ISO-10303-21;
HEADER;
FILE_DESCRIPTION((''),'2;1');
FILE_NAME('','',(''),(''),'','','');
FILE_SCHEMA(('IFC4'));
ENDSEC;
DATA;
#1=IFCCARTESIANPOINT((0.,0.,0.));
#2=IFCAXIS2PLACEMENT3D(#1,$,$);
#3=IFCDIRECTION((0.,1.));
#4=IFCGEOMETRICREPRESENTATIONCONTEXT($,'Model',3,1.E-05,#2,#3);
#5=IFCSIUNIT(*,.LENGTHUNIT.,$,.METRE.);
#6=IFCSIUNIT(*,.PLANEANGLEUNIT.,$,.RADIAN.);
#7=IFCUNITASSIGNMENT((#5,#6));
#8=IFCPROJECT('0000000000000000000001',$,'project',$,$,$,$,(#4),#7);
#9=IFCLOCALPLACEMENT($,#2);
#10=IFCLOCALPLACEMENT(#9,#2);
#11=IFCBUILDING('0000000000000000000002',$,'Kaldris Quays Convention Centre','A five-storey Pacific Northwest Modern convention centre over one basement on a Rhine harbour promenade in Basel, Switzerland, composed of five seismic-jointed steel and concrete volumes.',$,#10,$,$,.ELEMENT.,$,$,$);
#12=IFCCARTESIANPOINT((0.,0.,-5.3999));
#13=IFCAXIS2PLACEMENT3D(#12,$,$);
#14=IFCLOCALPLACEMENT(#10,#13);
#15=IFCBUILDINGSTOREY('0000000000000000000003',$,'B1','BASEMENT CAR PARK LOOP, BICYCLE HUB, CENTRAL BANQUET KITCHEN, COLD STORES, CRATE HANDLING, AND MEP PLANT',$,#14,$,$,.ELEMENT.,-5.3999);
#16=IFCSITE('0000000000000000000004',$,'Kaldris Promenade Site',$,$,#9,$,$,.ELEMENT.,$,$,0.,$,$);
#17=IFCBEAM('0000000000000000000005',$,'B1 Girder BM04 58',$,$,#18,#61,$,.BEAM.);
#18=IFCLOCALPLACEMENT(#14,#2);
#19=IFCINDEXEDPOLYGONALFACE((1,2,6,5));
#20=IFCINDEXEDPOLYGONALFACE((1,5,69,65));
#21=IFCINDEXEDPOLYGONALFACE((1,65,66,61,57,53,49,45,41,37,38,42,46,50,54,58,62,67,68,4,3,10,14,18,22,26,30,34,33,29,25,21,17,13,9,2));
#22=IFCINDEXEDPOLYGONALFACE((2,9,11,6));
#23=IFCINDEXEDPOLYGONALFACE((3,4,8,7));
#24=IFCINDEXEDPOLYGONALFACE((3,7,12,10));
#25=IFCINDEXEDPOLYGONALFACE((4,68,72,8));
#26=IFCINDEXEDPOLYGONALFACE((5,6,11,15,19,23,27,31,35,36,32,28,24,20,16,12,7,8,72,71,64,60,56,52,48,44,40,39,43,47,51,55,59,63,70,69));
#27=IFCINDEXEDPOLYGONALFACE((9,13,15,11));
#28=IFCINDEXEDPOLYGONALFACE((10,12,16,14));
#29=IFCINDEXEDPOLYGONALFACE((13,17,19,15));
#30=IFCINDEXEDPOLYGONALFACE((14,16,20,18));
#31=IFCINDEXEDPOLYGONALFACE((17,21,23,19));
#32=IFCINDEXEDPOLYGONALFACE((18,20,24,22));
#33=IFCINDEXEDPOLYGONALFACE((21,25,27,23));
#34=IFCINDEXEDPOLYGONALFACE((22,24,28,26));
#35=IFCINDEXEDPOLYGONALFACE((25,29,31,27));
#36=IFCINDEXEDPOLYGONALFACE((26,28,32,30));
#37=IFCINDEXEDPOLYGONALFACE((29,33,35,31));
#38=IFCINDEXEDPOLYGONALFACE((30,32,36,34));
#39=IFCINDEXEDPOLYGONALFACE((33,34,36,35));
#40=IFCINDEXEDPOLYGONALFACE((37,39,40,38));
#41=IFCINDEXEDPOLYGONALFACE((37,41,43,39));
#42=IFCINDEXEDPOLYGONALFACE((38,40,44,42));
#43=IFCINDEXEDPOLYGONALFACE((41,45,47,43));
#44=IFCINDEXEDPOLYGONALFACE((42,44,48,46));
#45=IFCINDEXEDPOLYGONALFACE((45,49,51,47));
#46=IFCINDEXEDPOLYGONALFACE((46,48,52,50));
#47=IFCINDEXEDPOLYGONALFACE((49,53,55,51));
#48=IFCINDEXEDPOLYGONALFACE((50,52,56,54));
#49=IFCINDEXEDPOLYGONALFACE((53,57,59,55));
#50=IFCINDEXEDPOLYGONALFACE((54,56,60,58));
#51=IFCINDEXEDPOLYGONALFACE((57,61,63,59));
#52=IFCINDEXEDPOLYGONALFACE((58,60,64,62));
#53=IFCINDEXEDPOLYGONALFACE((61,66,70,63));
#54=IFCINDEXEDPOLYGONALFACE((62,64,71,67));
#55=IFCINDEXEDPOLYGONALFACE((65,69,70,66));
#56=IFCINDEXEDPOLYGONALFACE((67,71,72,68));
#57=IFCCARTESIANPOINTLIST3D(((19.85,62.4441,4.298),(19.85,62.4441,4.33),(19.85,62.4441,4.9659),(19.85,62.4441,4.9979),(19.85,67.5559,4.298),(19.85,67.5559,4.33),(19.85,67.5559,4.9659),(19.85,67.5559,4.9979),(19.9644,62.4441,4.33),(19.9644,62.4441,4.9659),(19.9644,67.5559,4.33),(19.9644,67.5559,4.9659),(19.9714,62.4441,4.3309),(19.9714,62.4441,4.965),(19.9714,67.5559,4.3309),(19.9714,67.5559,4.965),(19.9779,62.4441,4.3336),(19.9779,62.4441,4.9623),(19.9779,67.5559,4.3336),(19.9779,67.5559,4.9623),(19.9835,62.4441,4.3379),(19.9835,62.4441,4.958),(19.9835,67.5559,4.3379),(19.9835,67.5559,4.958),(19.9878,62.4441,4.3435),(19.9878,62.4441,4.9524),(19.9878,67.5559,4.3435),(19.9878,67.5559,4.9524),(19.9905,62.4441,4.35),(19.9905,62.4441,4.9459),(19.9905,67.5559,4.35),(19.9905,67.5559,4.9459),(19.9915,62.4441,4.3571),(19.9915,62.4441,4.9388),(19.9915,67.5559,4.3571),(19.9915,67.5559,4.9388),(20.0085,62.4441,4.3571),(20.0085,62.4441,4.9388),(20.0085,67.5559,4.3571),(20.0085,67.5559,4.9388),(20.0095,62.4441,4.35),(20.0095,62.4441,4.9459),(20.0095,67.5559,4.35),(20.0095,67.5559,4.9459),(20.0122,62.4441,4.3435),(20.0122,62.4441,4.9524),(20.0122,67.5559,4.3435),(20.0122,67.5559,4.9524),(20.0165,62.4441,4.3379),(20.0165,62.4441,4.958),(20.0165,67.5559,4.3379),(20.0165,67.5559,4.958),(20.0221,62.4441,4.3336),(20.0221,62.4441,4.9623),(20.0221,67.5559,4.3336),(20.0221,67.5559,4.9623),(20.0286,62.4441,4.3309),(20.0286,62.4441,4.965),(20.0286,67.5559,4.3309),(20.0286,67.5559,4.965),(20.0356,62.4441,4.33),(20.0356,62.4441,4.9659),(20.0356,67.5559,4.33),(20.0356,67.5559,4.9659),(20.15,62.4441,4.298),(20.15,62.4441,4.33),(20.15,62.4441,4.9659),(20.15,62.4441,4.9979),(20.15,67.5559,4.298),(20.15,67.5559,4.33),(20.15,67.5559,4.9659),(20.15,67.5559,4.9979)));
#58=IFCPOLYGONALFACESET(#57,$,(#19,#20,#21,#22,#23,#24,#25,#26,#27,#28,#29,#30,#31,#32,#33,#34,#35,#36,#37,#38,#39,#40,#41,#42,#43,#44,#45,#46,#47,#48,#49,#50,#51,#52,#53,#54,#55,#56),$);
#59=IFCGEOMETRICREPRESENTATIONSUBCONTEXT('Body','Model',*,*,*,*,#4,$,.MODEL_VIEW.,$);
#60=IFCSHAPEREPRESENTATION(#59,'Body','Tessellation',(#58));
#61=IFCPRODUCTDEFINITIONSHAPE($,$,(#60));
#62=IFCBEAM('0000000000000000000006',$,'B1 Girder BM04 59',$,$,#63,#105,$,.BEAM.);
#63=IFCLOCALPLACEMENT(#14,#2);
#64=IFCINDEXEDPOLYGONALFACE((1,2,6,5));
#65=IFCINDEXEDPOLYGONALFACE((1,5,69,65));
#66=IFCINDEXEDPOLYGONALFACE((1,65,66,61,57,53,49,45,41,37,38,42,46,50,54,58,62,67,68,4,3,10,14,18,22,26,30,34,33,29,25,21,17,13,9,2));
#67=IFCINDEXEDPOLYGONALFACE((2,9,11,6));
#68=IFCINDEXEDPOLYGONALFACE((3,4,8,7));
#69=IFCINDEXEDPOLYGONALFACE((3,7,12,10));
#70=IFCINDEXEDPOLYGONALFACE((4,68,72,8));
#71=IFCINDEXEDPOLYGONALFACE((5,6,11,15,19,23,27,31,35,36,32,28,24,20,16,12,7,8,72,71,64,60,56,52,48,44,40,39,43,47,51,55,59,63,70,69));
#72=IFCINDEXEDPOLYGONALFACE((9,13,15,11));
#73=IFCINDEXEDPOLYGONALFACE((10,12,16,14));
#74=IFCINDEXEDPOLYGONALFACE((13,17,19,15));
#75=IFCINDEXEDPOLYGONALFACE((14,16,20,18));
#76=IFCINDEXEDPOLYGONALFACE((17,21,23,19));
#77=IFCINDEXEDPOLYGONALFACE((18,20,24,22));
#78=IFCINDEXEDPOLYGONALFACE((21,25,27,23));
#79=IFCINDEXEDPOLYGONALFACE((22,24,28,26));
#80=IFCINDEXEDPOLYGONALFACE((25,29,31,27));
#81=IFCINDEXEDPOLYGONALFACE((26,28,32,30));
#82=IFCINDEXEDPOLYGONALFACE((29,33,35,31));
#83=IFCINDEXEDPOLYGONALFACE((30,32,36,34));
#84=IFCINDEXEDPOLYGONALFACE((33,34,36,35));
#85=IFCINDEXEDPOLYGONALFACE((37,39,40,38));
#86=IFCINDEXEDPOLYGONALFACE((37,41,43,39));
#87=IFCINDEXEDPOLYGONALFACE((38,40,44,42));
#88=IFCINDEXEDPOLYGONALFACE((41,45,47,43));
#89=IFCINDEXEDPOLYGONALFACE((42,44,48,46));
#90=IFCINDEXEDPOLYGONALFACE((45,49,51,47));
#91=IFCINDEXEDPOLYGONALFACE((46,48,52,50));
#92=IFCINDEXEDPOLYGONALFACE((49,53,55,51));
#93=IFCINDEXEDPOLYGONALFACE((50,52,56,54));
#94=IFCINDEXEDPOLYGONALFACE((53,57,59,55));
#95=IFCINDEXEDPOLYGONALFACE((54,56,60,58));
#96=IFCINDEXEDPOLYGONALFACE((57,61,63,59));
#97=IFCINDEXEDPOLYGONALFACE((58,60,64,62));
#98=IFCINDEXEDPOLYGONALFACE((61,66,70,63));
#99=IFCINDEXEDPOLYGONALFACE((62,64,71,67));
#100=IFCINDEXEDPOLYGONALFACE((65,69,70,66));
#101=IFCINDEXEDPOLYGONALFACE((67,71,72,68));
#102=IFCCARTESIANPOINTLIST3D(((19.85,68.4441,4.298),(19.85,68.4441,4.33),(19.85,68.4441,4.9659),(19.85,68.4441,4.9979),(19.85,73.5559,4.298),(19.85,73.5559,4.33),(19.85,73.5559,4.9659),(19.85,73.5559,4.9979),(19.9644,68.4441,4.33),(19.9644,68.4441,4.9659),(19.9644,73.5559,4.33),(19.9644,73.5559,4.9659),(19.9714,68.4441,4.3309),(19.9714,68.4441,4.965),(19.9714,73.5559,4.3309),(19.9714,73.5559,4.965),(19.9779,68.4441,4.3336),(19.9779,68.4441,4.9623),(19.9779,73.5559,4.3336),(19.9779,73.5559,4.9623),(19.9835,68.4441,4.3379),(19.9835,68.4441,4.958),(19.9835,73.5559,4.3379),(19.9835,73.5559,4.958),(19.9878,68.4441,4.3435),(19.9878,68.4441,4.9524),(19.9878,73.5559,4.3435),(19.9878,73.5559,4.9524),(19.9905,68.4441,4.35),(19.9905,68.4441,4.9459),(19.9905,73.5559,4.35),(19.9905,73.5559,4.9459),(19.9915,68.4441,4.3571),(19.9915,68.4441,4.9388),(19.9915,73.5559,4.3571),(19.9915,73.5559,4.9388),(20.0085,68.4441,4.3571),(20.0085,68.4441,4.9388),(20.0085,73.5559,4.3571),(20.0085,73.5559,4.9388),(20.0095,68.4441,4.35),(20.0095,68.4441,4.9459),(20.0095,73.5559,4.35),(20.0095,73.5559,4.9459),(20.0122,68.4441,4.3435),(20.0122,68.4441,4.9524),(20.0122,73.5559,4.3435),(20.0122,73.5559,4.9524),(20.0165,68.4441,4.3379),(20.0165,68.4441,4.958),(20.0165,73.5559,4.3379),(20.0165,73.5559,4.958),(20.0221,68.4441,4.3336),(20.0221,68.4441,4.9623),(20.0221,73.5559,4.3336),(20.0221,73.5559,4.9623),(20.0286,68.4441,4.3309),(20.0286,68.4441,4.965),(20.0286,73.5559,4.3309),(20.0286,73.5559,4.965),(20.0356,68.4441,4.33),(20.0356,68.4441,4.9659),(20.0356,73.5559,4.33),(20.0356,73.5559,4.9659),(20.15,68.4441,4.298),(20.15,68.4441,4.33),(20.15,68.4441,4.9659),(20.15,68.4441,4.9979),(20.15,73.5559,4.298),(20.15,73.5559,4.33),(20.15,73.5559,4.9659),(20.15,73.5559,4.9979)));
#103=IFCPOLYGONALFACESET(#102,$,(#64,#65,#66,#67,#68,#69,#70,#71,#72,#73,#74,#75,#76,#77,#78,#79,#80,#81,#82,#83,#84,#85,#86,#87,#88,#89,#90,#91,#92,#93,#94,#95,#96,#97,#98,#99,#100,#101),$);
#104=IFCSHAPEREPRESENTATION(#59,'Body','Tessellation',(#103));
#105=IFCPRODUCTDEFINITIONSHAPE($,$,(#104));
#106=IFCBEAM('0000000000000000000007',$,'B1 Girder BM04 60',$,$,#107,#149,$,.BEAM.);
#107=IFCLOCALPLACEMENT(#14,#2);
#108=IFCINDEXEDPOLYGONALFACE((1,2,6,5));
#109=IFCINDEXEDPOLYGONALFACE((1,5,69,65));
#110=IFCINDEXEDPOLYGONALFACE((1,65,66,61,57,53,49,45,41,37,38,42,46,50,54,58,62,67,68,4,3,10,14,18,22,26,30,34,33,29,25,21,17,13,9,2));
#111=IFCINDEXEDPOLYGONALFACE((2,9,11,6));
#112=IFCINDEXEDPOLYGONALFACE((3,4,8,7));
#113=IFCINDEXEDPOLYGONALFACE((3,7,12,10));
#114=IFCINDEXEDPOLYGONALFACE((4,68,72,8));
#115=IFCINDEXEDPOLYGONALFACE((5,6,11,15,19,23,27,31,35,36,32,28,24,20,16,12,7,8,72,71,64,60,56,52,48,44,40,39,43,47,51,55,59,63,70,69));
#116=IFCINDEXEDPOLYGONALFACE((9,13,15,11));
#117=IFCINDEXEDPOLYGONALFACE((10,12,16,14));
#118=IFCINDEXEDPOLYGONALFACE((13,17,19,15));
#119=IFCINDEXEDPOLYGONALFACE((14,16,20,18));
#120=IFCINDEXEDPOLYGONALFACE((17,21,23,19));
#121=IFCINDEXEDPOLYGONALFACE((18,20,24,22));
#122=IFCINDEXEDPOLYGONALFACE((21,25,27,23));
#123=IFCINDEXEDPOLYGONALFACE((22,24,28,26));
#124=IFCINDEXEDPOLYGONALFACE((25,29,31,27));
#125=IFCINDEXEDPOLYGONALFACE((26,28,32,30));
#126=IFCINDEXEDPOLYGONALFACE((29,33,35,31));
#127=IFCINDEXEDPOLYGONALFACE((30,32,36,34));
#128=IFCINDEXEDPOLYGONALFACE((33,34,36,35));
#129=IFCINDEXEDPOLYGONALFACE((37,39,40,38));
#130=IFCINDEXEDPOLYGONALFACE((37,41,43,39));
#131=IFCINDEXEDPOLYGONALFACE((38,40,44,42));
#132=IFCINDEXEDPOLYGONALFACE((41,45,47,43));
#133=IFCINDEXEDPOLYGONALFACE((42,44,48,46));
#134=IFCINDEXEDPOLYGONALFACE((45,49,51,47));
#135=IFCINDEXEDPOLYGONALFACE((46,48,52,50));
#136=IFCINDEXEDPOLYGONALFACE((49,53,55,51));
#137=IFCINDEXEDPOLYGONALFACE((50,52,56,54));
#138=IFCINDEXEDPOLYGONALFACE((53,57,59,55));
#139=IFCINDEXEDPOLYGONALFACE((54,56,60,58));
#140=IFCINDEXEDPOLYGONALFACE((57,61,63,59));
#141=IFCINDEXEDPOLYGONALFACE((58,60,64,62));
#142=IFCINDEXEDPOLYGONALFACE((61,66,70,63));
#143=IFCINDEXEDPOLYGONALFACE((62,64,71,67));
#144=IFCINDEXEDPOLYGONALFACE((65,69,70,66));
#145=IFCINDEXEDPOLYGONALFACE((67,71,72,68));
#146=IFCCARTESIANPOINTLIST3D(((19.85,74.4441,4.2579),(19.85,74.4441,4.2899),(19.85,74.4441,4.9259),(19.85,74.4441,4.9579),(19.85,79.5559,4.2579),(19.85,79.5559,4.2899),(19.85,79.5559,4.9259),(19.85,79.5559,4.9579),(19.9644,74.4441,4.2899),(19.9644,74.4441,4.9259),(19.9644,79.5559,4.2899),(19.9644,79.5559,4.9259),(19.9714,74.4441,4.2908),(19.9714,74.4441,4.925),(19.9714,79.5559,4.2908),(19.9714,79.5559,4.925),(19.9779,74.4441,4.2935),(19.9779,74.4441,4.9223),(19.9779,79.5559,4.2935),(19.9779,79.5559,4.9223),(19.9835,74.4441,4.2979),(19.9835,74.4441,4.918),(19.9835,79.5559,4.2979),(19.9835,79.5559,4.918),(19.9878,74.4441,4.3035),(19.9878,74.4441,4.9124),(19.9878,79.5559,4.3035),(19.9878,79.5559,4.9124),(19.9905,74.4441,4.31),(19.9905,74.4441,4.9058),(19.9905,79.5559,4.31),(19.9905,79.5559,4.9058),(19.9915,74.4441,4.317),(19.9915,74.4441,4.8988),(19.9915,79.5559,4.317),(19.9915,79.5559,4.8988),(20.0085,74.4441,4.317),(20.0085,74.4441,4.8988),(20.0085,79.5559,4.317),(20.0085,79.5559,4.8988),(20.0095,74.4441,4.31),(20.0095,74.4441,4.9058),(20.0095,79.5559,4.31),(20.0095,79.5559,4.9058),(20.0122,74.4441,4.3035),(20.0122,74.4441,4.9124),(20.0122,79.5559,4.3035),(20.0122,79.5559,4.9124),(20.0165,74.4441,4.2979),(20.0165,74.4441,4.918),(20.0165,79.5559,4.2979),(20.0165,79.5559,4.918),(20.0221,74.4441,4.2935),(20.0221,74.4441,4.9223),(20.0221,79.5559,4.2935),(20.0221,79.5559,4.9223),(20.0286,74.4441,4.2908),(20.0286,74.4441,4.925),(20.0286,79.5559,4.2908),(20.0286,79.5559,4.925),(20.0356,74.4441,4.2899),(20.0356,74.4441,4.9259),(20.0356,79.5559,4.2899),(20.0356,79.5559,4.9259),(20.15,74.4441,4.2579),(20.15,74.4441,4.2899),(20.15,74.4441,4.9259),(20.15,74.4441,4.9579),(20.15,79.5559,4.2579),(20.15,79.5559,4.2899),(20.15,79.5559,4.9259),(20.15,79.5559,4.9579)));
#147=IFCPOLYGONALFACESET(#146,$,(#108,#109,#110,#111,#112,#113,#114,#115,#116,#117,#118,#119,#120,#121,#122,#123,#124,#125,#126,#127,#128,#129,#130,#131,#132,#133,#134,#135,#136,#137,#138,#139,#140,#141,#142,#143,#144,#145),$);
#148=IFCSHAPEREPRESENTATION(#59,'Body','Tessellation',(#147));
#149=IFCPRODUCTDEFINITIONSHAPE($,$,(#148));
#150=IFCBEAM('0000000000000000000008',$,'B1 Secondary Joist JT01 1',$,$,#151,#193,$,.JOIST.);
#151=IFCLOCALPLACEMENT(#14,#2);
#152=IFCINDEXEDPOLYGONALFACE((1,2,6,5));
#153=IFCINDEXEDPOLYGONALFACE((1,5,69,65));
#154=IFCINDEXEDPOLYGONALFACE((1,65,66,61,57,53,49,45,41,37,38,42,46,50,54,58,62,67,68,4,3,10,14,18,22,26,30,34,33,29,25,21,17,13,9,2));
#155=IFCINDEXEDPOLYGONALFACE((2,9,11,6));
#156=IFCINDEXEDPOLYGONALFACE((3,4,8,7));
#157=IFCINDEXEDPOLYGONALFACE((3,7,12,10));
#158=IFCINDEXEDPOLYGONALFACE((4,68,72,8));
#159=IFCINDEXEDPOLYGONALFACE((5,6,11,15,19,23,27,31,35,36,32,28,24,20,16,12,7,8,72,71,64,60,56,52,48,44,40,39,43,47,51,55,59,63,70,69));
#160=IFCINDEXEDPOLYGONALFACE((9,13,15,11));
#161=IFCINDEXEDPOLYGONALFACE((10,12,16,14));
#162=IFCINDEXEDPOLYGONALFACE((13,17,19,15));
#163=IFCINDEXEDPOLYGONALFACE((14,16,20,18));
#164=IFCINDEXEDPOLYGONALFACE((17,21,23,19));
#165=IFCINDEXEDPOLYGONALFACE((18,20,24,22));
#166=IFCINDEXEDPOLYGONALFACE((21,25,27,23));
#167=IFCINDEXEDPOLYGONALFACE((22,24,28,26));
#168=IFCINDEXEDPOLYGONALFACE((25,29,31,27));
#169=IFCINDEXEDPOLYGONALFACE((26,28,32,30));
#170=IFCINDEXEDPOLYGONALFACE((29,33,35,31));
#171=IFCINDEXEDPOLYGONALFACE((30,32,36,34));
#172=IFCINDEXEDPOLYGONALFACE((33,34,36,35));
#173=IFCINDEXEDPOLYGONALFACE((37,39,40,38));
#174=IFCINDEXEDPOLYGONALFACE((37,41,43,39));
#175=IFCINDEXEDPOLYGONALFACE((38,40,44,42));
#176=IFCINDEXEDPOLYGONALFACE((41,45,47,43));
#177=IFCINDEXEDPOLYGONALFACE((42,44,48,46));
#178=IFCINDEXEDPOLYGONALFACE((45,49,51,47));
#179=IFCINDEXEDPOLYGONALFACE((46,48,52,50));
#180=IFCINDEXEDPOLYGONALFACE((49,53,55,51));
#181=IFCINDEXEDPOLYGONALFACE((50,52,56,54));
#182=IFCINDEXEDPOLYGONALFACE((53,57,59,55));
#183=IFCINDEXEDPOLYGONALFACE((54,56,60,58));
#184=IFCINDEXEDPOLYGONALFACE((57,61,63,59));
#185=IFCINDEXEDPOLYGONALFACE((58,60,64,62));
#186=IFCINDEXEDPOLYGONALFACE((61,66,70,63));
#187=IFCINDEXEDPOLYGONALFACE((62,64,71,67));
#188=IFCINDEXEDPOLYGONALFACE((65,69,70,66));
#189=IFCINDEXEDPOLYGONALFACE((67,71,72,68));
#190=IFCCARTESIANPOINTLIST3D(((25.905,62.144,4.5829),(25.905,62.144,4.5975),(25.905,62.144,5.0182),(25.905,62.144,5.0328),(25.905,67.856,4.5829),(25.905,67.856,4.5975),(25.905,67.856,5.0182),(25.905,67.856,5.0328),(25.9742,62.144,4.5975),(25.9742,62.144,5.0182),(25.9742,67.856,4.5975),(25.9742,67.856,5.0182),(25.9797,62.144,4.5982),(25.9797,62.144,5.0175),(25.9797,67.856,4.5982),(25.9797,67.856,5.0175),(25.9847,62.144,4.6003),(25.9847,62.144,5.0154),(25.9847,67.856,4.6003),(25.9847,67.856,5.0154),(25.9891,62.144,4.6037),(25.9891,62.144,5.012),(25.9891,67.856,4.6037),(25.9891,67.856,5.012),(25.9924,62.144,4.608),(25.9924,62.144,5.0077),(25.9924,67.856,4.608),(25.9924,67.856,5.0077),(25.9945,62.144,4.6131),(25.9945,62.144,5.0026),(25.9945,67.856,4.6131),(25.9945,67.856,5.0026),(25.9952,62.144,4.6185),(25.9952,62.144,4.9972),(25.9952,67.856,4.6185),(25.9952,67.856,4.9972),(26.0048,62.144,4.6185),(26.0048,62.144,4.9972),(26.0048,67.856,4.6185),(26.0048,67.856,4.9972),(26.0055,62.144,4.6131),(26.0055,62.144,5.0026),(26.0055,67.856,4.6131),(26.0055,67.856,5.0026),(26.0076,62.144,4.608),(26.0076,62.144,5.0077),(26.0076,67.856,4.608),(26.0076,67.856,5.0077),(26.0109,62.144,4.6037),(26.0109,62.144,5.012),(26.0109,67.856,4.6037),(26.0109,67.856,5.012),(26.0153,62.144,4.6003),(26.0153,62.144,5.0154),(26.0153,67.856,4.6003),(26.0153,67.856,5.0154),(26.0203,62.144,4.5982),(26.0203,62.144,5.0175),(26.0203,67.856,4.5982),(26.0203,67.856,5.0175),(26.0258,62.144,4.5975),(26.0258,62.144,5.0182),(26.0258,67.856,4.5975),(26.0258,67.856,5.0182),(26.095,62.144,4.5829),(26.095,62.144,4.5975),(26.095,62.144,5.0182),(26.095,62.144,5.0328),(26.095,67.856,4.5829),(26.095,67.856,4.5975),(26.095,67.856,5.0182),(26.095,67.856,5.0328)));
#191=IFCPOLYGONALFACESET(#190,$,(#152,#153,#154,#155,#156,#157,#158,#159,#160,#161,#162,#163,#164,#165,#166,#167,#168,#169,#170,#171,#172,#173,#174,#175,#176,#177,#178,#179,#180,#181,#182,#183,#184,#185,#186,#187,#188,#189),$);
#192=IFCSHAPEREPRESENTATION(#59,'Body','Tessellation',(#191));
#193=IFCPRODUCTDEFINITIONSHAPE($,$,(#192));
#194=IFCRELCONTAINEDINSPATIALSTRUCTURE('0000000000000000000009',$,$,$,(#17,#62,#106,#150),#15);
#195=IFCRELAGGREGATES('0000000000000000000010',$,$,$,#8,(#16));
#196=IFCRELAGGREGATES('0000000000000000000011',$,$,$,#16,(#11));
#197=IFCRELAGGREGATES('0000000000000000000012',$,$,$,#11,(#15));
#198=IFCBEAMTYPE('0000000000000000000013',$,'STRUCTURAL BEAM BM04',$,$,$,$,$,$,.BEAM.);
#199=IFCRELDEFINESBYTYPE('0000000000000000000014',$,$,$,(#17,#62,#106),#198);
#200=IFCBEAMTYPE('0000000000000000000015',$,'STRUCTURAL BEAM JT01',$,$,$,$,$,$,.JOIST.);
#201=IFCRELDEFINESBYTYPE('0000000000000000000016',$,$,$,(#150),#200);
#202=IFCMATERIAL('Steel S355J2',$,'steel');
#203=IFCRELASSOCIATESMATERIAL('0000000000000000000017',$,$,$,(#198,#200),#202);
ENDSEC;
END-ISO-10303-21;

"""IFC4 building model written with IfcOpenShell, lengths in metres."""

from ifc_helpers import new_model, si_unit, direction, frame, origin, origin_2d, place, context, subcontext, project, spatial, i_section, extrude, material, material_profile, profile_set, type_object, element, save


model = new_model("IFC4")

# Units and contexts
model_context = context("Model", 3, precision=1e-05, world=origin(), true_north=direction((0.0, 1.0)))
body_context = subcontext(model_context, "Body", "Model", "MODEL_VIEW")
ifc_project = project(units=[si_unit("LENGTHUNIT", "METRE"), si_unit("PLANEANGLEUNIT", "RADIAN")], contexts=[model_context])

# Site, building, storey
site_placement = place(None, origin())
site = spatial("IfcSite", under=ifc_project, at=site_placement, Name="Kaldris Promenade Site", CompositionType="ELEMENT", RefElevation=0.0)
building_placement = place(site_placement, origin())
building = spatial("IfcBuilding", under=site, at=building_placement, Name="Kaldris Quays Convention Centre", Description="A five-storey Pacific Northwest Modern convention centre over one basement on a Rhine harbour promenade in Basel, Switzerland, composed of five seismic-jointed steel and concrete volumes.", CompositionType="ELEMENT")
storey_placement = place(building_placement, frame((0.0, 0.0, -5.3999)))
storey = spatial("IfcBuildingStorey", under=building, at=storey_placement, Name="B1", Description="BASEMENT CAR PARK LOOP, BICYCLE HUB, CENTRAL BANQUET KITCHEN, COLD STORES, CRATE HANDLING, AND MEP PLANT", CompositionType="ELEMENT", Elevation=-5.3999)

# Shared definitions
ifc_material_1 = material(Name="Steel S355J2", Category="steel")

# Beams
ifc_material_profile_1 = material_profile(ifc_material_1, i_section(OverallWidth=0.3, OverallDepth=0.7, WebThickness=0.0171, FlangeThickness=0.032, FilletRadius=0.0271, at=origin_2d()), Name="HEB 700")
ifc_profile_set_1 = profile_set([ifc_material_profile_1], Name="Steel S355J2")
beam_type_1 = type_object("IfcBeamType", Name="STRUCTURAL BEAM BM04", PredefinedType="BEAM", material=ifc_profile_set_1)
for number, where, z_axis, x_axis, name in (
    (1, (20.0, 62.4441, 4.6479), (0.0, 1.0, 0.0), (-1.0, 0.0, 0.0), "B1 Girder BM04 58"),
    (2, (20.0, 68.4441, 4.6479), (0.0, 1.0, 0.0), (-1.0, 0.0, 0.0), "B1 Girder BM04 59"),
    (3, (20.0, 74.4441, 4.6079), (0.0, 1.0, 0.0), (-1.0, 0.0, 0.0), "B1 Girder BM04 60"),
):
    element("IfcBeam", number, at=place(storey_placement, frame(where, z_axis=z_axis, x_axis=x_axis)), inside=storey, type_object=beam_type_1, Name=name, PredefinedType="BEAM", context=body_context, shape_type="SweptSolid", body=[
        extrude(i_section(OverallWidth=0.3, OverallDepth=0.7, WebThickness=0.0171, FlangeThickness=0.032, FilletRadius=0.0271, at=origin_2d()), origin(), (0.0, 0.0, 1.0), 5.1118),
    ])
ifc_material_profile_2 = material_profile(ifc_material_1, i_section(OverallWidth=0.1899, OverallDepth=0.45, WebThickness=0.0095, FlangeThickness=0.0146, FilletRadius=0.021, at=origin_2d()), Name="IPE 450")
ifc_profile_set_2 = profile_set([ifc_material_profile_2], Name="Steel S355J2")
beam_type_2 = type_object("IfcBeamType", Name="STRUCTURAL BEAM JT01", PredefinedType="JOIST", material=ifc_profile_set_2)
for number, where, z_axis, x_axis, name in (
    (4, (26.0, 62.144, 4.8079), (0.0, 1.0, 0.0), (-1.0, 0.0, 0.0), "B1 Secondary Joist JT01 1"),
):
    element("IfcBeam", number, at=place(storey_placement, frame(where, z_axis=z_axis, x_axis=x_axis)), inside=storey, type_object=beam_type_2, Name=name, PredefinedType="JOIST", context=body_context, shape_type="SweptSolid", body=[
        extrude(i_section(OverallWidth=0.1899, OverallDepth=0.45, WebThickness=0.0095, FlangeThickness=0.0146, FilletRadius=0.021, at=origin_2d()), origin(), (0.0, 0.0, 1.0), 5.7119),
    ])

save(model, "model.ifc")
